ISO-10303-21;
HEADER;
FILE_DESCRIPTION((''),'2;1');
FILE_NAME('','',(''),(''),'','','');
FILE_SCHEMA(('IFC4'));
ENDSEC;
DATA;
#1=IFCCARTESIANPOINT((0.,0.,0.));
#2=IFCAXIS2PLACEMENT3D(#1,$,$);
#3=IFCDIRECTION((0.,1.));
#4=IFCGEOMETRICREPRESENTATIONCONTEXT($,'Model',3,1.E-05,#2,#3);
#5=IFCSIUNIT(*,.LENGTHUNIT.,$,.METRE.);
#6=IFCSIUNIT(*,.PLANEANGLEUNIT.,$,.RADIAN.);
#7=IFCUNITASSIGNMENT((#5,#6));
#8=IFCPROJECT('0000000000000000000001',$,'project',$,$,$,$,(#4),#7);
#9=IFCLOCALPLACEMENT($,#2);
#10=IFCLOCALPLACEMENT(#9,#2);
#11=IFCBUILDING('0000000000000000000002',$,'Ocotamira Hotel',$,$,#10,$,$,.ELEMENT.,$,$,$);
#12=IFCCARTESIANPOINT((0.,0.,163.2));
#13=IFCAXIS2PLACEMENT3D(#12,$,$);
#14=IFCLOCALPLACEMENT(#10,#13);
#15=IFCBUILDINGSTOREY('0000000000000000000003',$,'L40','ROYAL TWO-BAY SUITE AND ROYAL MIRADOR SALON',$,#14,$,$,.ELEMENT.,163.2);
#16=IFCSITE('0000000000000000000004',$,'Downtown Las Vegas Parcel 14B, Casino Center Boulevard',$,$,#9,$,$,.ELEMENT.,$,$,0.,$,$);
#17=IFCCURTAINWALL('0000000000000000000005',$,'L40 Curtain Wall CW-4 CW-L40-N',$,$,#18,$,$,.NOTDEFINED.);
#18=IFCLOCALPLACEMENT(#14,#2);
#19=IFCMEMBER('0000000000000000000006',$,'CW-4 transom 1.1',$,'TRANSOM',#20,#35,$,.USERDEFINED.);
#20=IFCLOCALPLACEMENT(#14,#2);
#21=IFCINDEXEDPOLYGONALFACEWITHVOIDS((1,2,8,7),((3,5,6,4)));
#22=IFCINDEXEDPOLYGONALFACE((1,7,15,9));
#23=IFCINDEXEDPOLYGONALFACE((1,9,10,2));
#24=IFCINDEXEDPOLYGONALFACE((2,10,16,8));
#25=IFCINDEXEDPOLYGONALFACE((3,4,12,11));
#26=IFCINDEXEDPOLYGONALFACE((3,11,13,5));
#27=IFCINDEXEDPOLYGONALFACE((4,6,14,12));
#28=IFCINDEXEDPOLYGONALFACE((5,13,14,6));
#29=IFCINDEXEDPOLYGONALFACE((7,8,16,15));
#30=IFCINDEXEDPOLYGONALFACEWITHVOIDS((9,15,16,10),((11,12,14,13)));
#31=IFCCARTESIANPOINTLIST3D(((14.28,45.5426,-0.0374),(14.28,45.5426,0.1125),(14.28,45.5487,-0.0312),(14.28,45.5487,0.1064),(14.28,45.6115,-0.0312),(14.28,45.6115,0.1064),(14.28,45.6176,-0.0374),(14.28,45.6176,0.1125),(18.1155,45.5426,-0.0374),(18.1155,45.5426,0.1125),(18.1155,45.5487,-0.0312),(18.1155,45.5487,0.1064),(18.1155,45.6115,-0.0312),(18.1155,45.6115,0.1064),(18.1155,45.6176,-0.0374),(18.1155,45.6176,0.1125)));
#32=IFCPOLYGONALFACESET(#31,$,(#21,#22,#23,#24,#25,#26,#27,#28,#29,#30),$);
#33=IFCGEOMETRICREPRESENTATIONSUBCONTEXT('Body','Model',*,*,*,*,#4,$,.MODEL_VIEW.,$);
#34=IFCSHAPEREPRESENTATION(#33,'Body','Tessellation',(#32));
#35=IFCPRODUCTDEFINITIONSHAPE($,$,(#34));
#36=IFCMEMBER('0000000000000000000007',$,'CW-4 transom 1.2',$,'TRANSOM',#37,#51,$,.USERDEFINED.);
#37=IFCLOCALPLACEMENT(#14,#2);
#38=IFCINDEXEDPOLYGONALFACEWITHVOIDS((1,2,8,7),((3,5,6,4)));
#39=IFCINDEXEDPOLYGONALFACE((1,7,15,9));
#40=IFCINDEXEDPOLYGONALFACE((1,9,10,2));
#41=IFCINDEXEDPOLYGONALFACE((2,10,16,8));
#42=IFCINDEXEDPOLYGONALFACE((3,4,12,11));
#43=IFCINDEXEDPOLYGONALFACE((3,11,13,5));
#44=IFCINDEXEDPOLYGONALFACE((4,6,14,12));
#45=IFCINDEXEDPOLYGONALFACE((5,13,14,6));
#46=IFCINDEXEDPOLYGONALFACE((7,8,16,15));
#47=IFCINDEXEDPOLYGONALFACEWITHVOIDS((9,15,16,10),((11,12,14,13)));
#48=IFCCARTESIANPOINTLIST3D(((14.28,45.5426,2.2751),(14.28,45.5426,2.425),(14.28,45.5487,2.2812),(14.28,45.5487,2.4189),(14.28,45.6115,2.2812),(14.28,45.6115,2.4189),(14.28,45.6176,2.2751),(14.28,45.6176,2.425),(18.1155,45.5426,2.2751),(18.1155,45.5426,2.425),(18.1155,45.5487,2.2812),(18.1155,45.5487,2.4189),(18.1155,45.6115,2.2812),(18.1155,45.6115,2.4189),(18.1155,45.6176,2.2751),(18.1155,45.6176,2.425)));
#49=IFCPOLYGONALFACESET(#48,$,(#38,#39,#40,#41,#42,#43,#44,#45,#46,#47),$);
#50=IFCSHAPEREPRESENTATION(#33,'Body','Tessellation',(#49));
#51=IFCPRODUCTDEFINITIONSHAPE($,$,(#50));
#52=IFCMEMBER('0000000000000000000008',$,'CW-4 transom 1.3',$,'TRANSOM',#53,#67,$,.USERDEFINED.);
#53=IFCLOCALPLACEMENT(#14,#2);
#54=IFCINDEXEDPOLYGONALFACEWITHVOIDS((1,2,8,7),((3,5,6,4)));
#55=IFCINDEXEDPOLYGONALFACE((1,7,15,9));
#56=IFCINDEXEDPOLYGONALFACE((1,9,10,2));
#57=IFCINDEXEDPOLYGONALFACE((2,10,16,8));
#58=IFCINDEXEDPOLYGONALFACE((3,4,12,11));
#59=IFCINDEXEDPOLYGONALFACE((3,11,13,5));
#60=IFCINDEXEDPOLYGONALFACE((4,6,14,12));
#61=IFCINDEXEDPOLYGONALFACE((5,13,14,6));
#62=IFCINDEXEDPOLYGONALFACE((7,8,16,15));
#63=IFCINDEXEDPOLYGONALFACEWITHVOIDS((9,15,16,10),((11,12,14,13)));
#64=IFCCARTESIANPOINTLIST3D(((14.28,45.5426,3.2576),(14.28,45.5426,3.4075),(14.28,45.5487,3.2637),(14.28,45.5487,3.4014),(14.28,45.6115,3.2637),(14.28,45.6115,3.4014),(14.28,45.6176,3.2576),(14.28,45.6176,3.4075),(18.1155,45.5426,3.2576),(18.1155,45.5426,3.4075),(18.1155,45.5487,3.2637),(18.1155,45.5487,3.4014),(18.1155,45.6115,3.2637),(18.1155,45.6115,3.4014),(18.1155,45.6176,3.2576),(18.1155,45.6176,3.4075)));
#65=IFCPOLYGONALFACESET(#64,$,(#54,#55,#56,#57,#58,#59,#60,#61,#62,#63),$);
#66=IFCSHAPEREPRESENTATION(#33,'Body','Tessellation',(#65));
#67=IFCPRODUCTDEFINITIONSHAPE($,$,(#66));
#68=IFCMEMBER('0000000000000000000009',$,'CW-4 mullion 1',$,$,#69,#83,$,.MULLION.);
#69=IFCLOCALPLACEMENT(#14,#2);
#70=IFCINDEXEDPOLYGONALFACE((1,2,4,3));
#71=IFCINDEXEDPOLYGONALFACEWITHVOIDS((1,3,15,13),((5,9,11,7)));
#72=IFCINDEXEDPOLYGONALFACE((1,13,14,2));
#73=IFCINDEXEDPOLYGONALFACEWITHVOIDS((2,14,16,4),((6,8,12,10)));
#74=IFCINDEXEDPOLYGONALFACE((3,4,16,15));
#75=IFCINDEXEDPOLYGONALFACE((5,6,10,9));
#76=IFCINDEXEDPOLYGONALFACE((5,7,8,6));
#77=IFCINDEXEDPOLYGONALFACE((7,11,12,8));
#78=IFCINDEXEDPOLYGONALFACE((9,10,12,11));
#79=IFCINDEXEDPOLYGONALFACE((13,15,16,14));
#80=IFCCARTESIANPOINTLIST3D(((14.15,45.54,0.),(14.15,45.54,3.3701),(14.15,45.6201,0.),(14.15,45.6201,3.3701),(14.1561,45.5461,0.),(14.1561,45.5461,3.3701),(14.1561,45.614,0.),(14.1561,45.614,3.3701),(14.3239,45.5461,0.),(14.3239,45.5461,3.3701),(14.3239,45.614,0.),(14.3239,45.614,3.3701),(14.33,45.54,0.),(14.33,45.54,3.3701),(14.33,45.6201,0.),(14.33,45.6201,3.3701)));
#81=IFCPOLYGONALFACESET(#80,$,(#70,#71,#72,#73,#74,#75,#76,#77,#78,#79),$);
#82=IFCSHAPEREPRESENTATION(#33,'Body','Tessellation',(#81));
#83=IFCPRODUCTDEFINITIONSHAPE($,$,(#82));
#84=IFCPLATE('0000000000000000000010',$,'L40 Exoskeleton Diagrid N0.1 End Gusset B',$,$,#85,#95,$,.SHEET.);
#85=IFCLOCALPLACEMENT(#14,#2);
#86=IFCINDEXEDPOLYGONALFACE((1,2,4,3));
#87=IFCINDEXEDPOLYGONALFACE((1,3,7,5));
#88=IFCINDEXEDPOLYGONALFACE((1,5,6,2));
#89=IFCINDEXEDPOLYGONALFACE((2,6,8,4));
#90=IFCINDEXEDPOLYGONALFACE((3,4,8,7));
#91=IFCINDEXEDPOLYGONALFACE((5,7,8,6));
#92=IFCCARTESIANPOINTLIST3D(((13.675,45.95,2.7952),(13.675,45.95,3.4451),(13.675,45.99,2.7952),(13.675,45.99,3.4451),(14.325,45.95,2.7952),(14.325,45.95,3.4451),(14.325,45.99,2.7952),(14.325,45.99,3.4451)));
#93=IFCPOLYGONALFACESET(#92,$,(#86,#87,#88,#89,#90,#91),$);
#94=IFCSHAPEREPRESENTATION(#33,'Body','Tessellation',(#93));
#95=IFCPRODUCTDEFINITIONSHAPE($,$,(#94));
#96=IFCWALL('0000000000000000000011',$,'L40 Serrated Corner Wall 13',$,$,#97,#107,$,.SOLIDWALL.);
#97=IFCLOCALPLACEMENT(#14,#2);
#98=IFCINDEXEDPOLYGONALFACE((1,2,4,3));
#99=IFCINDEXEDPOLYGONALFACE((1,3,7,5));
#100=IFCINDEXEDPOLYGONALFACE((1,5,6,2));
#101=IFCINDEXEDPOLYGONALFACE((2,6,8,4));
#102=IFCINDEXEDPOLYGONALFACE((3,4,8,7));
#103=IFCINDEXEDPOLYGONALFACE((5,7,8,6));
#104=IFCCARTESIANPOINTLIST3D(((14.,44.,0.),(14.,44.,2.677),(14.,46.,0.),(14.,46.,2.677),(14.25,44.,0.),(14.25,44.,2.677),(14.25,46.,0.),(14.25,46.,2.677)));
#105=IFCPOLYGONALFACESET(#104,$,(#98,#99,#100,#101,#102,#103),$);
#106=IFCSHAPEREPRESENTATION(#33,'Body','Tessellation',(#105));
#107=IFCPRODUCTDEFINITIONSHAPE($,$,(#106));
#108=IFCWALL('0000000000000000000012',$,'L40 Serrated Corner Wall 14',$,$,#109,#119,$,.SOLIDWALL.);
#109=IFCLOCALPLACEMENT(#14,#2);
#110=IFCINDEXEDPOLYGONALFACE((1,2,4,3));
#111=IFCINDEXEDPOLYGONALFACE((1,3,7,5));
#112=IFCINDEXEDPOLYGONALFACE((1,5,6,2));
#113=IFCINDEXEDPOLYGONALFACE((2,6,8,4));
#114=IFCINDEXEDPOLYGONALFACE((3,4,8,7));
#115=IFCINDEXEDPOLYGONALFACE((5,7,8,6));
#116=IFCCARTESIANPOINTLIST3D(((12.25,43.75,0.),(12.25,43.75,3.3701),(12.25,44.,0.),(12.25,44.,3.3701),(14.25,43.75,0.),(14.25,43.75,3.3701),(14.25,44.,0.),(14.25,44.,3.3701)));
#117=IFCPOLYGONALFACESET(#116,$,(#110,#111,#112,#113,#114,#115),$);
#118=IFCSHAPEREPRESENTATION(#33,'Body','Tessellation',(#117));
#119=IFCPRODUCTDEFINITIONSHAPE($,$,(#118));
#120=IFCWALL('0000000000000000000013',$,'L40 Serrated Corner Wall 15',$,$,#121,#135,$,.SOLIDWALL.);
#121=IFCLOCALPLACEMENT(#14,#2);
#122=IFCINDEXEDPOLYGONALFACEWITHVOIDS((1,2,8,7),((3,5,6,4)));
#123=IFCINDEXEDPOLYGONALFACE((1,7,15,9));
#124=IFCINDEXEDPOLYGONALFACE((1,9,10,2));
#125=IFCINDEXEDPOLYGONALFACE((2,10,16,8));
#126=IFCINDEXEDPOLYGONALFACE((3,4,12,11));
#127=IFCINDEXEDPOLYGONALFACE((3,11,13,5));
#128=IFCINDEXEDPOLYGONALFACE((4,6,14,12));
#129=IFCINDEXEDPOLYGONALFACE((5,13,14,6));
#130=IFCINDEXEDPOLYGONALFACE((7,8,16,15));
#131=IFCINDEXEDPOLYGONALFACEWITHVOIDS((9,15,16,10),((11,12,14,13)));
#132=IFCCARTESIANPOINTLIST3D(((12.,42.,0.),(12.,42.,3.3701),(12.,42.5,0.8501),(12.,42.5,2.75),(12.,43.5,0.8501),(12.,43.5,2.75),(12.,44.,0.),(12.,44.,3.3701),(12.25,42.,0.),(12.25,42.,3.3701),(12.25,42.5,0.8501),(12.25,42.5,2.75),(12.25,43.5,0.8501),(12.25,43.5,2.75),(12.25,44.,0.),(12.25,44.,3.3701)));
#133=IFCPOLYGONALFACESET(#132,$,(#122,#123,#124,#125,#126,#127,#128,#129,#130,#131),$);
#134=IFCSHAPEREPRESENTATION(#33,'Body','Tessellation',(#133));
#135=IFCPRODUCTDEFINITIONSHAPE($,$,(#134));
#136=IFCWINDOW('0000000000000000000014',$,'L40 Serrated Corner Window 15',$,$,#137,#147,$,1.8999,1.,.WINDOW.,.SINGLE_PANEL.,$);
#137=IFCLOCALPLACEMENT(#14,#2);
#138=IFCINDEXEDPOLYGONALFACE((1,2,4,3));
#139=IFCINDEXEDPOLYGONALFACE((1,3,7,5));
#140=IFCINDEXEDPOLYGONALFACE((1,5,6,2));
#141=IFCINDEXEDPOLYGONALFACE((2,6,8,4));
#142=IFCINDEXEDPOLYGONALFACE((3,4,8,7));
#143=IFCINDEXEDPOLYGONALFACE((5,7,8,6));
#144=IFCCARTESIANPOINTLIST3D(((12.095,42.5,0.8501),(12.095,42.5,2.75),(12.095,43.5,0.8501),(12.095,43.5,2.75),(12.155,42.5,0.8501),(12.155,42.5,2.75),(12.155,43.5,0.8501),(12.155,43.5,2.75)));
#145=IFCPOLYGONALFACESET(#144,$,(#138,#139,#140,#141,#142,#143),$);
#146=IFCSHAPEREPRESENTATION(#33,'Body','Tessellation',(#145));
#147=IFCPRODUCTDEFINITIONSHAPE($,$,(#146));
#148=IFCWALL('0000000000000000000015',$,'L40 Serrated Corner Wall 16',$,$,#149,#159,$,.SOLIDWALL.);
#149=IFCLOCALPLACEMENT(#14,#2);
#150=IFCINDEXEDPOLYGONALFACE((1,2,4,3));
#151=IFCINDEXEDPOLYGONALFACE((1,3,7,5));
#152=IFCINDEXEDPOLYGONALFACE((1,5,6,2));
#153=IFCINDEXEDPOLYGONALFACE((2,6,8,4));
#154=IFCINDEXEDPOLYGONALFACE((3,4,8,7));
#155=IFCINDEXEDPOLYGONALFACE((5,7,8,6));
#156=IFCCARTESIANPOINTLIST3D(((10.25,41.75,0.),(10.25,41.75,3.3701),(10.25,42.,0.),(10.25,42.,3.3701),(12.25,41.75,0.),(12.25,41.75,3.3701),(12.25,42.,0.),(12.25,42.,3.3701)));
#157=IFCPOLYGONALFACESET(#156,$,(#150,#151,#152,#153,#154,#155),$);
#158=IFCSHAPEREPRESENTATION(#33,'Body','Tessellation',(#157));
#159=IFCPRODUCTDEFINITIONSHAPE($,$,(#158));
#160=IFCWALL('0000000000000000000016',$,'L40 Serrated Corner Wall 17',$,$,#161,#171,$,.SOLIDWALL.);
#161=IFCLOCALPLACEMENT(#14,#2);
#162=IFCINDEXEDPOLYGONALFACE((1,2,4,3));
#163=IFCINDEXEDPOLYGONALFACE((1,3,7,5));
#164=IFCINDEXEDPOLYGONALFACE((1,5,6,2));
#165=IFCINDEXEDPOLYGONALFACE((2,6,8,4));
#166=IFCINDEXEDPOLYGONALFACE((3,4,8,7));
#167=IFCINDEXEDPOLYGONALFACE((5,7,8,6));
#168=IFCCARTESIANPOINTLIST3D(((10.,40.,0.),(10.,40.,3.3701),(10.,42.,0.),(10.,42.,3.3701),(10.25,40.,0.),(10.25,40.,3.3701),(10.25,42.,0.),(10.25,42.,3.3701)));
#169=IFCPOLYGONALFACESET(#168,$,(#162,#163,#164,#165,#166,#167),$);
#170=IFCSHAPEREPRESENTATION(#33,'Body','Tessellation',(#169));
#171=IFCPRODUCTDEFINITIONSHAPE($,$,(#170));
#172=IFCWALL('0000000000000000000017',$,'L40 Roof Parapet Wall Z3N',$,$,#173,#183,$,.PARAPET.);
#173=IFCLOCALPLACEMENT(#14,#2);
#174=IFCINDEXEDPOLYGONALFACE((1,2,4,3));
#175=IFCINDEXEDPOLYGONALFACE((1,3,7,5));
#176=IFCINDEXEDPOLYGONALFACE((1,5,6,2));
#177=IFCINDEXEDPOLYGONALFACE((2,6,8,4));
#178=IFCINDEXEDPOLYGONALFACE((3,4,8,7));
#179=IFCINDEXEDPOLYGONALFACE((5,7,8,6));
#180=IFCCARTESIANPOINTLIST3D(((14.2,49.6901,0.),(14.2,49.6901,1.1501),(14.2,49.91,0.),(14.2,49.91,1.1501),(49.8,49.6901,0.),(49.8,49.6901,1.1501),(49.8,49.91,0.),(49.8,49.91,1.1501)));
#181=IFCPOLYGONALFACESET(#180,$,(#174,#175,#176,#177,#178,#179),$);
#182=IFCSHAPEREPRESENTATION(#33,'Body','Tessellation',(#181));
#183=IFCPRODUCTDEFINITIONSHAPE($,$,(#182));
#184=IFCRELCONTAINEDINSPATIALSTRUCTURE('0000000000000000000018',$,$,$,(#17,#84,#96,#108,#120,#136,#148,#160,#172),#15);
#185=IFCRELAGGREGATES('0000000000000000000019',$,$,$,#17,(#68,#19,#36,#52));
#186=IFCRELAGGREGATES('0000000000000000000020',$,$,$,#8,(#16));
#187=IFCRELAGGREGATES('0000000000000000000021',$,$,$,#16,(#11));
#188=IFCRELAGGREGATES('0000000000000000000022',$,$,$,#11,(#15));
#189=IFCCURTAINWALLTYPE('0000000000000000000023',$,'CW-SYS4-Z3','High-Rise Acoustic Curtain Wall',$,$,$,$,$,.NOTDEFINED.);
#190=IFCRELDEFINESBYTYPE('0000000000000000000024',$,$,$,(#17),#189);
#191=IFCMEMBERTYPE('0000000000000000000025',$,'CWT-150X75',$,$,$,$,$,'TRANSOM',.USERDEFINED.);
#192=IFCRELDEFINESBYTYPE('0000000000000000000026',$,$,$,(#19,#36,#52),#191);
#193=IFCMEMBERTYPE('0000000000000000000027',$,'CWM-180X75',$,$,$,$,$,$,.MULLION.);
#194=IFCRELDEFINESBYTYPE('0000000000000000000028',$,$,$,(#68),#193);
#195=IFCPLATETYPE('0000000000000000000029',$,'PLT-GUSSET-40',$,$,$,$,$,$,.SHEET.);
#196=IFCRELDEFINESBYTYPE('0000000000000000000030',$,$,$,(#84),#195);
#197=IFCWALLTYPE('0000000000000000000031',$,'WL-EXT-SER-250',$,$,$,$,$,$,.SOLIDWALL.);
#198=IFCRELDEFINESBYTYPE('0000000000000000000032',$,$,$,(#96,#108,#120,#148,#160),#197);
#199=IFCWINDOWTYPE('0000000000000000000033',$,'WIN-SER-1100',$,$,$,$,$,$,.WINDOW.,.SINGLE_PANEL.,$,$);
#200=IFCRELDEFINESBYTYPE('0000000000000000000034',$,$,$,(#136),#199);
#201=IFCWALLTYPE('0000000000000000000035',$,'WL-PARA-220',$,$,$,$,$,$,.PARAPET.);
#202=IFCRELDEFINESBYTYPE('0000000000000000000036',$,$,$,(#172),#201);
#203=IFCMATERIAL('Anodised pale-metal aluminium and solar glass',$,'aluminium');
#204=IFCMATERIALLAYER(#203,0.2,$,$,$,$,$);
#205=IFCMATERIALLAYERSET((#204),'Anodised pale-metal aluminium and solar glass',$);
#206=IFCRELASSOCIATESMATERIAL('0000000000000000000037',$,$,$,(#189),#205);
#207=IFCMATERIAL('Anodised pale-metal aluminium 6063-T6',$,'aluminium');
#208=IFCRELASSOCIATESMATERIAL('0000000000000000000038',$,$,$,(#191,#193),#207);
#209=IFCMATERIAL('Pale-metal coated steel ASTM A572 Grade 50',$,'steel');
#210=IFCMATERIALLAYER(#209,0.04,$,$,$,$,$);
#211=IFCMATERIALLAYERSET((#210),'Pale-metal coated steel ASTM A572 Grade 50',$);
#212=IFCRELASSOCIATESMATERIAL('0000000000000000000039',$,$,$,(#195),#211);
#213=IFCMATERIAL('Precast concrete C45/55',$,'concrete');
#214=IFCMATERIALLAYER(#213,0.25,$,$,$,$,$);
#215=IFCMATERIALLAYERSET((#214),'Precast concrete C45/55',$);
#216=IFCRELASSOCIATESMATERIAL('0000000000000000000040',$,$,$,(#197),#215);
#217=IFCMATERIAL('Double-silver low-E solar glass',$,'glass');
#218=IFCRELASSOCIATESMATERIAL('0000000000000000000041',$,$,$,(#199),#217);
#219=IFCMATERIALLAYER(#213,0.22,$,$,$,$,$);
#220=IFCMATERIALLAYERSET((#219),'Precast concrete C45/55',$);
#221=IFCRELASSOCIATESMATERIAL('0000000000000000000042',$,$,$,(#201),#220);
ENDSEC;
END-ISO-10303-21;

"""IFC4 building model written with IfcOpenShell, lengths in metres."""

from ifc_helpers import new_model, si_unit, direction, frame, frame_2d, origin, origin_2d, place, context, subcontext, project, spatial, rectangle, hollow_rectangle, extrude, source, transform, mapped, material, layer, layer_set, material_profile, profile_set, type_object, element, fill, aggregate, save


model = new_model("IFC4")

# Units and contexts
model_context = context("Model", 3, precision=1e-05, world=origin(), true_north=direction((0.0, 1.0)))
body_context = subcontext(model_context, "Body", "Model", "MODEL_VIEW")
ifc_project = project(units=[si_unit("LENGTHUNIT", "METRE"), si_unit("PLANEANGLEUNIT", "RADIAN")], contexts=[model_context])

# Site, building, storey
site_placement = place(None, origin())
site = spatial("IfcSite", under=ifc_project, at=site_placement, Name="Downtown Las Vegas Parcel 14B, Casino Center Boulevard", CompositionType="ELEMENT", RefElevation=0.0)
building_placement = place(site_placement, origin())
building = spatial("IfcBuilding", under=site, at=building_placement, Name="Ocotamira Hotel", CompositionType="ELEMENT")
storey_placement = place(building_placement, frame((0.0, 0.0, 163.2)))
storey = spatial("IfcBuildingStorey", under=building, at=storey_placement, Name="L40", Description="ROYAL TWO-BAY SUITE AND ROYAL MIRADOR SALON", CompositionType="ELEMENT", Elevation=163.2)

# Curtain wall, members
ifc_material_1 = material(Name="Anodised pale-metal aluminium and solar glass", Category="aluminium")
ifc_layer_1 = layer(ifc_material_1, 0.2)
ifc_layer_set_1 = layer_set([ifc_layer_1], Name="Anodised pale-metal aluminium and solar glass")
curtain_wall_type = type_object("IfcCurtainWallType", Name="CW-SYS4-Z3", Description="High-Rise Acoustic Curtain Wall", PredefinedType="NOTDEFINED", material=ifc_layer_set_1)
curtain_wall_placement = place(storey_placement, origin())
curtain_wall = element("IfcCurtainWall", 1, at=curtain_wall_placement, inside=storey, type_object=curtain_wall_type, Name="L40 Curtain Wall CW-4 CW-L40-N", PredefinedType="NOTDEFINED")
ifc_material_2 = material(Name="Anodised pale-metal aluminium 6063-T6", Category="aluminium")
ifc_material_profile_1 = material_profile(ifc_material_2, hollow_rectangle(XDim=0.075, YDim=0.1499, WallThickness=0.0061, at=origin_2d()), Name="HSS150X75X6")
ifc_profile_set_1 = profile_set([ifc_material_profile_1], Name="Anodised pale-metal aluminium 6063-T6")
member_type_1 = type_object("IfcMemberType", Name="CWT-150X75", ElementType="TRANSOM", PredefinedType="USERDEFINED", material=ifc_profile_set_1)
shared_shape_1 = source(origin(), body_context, "Body", "SweptSolid", [
    extrude(hollow_rectangle(XDim=0.075, YDim=0.1499, WallThickness=0.0061, at=origin_2d()), origin(), (0.0, 0.0, 1.0), 3.8354),
])
member_1_placement = place(storey_placement, frame((14.28, 45.5801, 0.0376), z_axis=(1.0, 0.0, 0.0), x_axis=(0.0, 1.0, 0.0)))
member_1 = element("IfcMember", 2, at=member_1_placement, type_object=member_type_1, Name="CW-4 transom 1.1", ObjectType="TRANSOM", PredefinedType="USERDEFINED", context=body_context, shape_type="MappedRepresentation", body=[
    mapped(shared_shape_1, transform((0.0, 0.0, 0.0), scale=1.0)),
])
member_2_placement = place(storey_placement, frame((14.28, 45.5801, 2.3501), z_axis=(1.0, 0.0, 0.0), x_axis=(0.0, 1.0, 0.0)))
member_2 = element("IfcMember", 3, at=member_2_placement, type_object=member_type_1, Name="CW-4 transom 1.2", ObjectType="TRANSOM", PredefinedType="USERDEFINED", context=body_context, shape_type="MappedRepresentation", body=[
    mapped(shared_shape_1, transform((0.0, 0.0, 0.0), scale=1.0)),
])
member_3_placement = place(storey_placement, frame((14.28, 45.5801, 3.3325), z_axis=(1.0, 0.0, 0.0), x_axis=(0.0, 1.0, 0.0)))
member_3 = element("IfcMember", 4, at=member_3_placement, type_object=member_type_1, Name="CW-4 transom 1.3", ObjectType="TRANSOM", PredefinedType="USERDEFINED", context=body_context, shape_type="MappedRepresentation", body=[
    mapped(shared_shape_1, transform((0.0, 0.0, 0.0), scale=1.0)),
])
ifc_material_profile_2 = material_profile(ifc_material_2, hollow_rectangle(XDim=0.0801, YDim=0.1799, WallThickness=0.0061, at=origin_2d()), Name="HSS180X80X6")
ifc_profile_set_2 = profile_set([ifc_material_profile_2], Name="Anodised pale-metal aluminium 6063-T6")
member_type_2 = type_object("IfcMemberType", Name="CWM-180X75", PredefinedType="MULLION", material=ifc_profile_set_2)
shared_shape_2 = source(origin(), body_context, "Body", "SweptSolid", [
    extrude(hollow_rectangle(XDim=0.0801, YDim=0.1799, WallThickness=0.0061, at=origin_2d()), origin(), (0.0, 0.0, 1.0), 3.3701),
])
member_4_placement = place(storey_placement, frame((14.24, 45.5801, 0.0), z_axis=(0.0, 0.0, 1.0), x_axis=(0.0, 1.0, 0.0)))
member_4 = element("IfcMember", 5, at=member_4_placement, type_object=member_type_2, Name="CW-4 mullion 1", PredefinedType="MULLION", context=body_context, shape_type="MappedRepresentation", body=[
    mapped(shared_shape_2, transform((0.0, 0.0, 0.0), scale=1.0)),
])
aggregate(curtain_wall, [member_4, member_1, member_2, member_3])

# Plate
ifc_material_3 = material(Name="Pale-metal coated steel ASTM A572 Grade 50", Category="steel")
ifc_layer_2 = layer(ifc_material_3, 0.04)
ifc_layer_set_2 = layer_set([ifc_layer_2], Name="Pale-metal coated steel ASTM A572 Grade 50")
plate_type = type_object("IfcPlateType", Name="PLT-GUSSET-40", PredefinedType="SHEET", material=ifc_layer_set_2)
shared_shape_3 = source(origin(), body_context, "Body", "SweptSolid", [
    extrude(rectangle(XDim=0.6499, YDim=0.04, at=origin_2d()), origin(), (0.0, 0.0, 1.0), 0.6499),
])
plate_placement = place(storey_placement, frame((14.0, 45.97, 2.7952), z_axis=(0.0, 0.0, 1.0), x_axis=(-1.0, 0.0, 0.0)))
element("IfcPlate", 6, at=plate_placement, inside=storey, type_object=plate_type, Name="L40 Exoskeleton Diagrid N0.1 End Gusset B", PredefinedType="SHEET", context=body_context, shape_type="MappedRepresentation", body=[
    mapped(shared_shape_3, transform((0.0, 0.0, 0.0), scale=1.0)),
])

# Walls
ifc_material_4 = material(Name="Precast concrete C45/55", Category="concrete")
ifc_layer_3 = layer(ifc_material_4, 0.25)
ifc_layer_set_3 = layer_set([ifc_layer_3], Name="Precast concrete C45/55")
wall_type_1 = type_object("IfcWallType", Name="WL-EXT-SER-250", PredefinedType="SOLIDWALL", material=ifc_layer_set_3)
wall_1_placement = place(storey_placement, frame((14.125, 46.0, 0.0), z_axis=(0.0, 0.0, 1.0), x_axis=(0.0, -1.0, 0.0)))
element("IfcWall", 7, at=wall_1_placement, inside=storey, type_object=wall_type_1, Name="L40 Serrated Corner Wall 13", PredefinedType="SOLIDWALL", context=body_context, shape_type="SweptSolid", body=[
    extrude(rectangle(XDim=2.0, YDim=0.25, at=frame_2d((1.0, 0.0))), origin(), (0.0, 0.0, 1.0), 2.677),
])
wall_2_placement = place(storey_placement, frame((14.25, 43.875, 0.0), z_axis=(0.0, 0.0, 1.0), x_axis=(-1.0, 0.0, 0.0)))
element("IfcWall", 8, at=wall_2_placement, inside=storey, type_object=wall_type_1, Name="L40 Serrated Corner Wall 14", PredefinedType="SOLIDWALL", context=body_context, shape_type="SweptSolid", body=[
    extrude(rectangle(XDim=2.0, YDim=0.25, at=frame_2d((1.0, 0.0))), origin(), (0.0, 0.0, 1.0), 3.3701),
])

# Wall, opening, window
wall_3_placement = place(storey_placement, frame((12.125, 44.0, 0.0), z_axis=(0.0, 0.0, 1.0), x_axis=(0.0, -1.0, 0.0)))
wall_3 = element("IfcWall", 9, at=wall_3_placement, inside=storey, type_object=wall_type_1, Name="L40 Serrated Corner Wall 15", PredefinedType="SOLIDWALL", context=body_context, shape_type="SweptSolid", body=[
    extrude(rectangle(XDim=2.0, YDim=0.25, at=frame_2d((1.0, 0.0))), origin(), (0.0, 0.0, 1.0), 3.3701),
])
opening_placement = place(wall_3_placement, frame((0.5, 0.0, 0.8501)))
opening = element("IfcOpeningElement", 10, at=opening_placement, cuts=wall_3, PredefinedType="OPENING", context=body_context, shape_type="SweptSolid", body=[
    extrude(rectangle(XDim=1.0, YDim=1.8999, at=frame_2d((0.5, 0.95))), frame((0.0, 0.135, 0.0), z_axis=(0.0, -1.0, 0.0), x_axis=(1.0, 0.0, 0.0)), (0.0, 0.0, 1.0), 0.27),
])
ifc_material_5 = material(Name="Double-silver low-E solar glass", Category="glass")
window_type = type_object("IfcWindowType", Name="WIN-SER-1100", PartitioningType="SINGLE_PANEL", PredefinedType="WINDOW", material=ifc_material_5)
shared_shape_4 = source(origin(), body_context, "Body", "SweptSolid", [
    extrude(rectangle(XDim=1.0, YDim=1.8999, at=frame_2d((0.5, 0.95))), frame((0.0, 0.03, 0.0), z_axis=(0.0, -1.0, 0.0), x_axis=(1.0, 0.0, 0.0)), (0.0, 0.0, 1.0), 0.0601),
])
window_placement = place(opening_placement, origin())
window = element("IfcWindow", 11, at=window_placement, inside=storey, type_object=window_type, Name="L40 Serrated Corner Window 15", OverallHeight=1.8999, OverallWidth=1.0, PartitioningType="SINGLE_PANEL", PredefinedType="WINDOW", context=body_context, shape_type="MappedRepresentation", body=[
    mapped(shared_shape_4, transform((0.0, 0.0, 0.0), scale=1.0)),
])
fill(opening, window)

# Walls
for number, where, z_axis, x_axis, name in (
    (12, (12.25, 41.875, 0.0), (0.0, 0.0, 1.0), (-1.0, 0.0, 0.0), "L40 Serrated Corner Wall 16"),
    (13, (10.125, 42.0, 0.0), (0.0, 0.0, 1.0), (0.0, -1.0, 0.0), "L40 Serrated Corner Wall 17"),
):
    element("IfcWall", number, at=place(storey_placement, frame(where, z_axis=z_axis, x_axis=x_axis)), inside=storey, type_object=wall_type_1, Name=name, PredefinedType="SOLIDWALL", context=body_context, shape_type="SweptSolid", body=[
        extrude(rectangle(XDim=2.0, YDim=0.25, at=frame_2d((1.0, 0.0))), origin(), (0.0, 0.0, 1.0), 3.3701),
    ])
ifc_layer_4 = layer(ifc_material_4, 0.22)
ifc_layer_set_4 = layer_set([ifc_layer_4], Name="Precast concrete C45/55")
wall_type_2 = type_object("IfcWallType", Name="WL-PARA-220", PredefinedType="PARAPET", material=ifc_layer_set_4)
wall_4_placement = place(storey_placement, frame((14.2, 49.8, 0.0), z_axis=(0.0, 0.0, 1.0), x_axis=(1.0, 0.0, 0.0)))
element("IfcWall", 14, at=wall_4_placement, inside=storey, type_object=wall_type_2, Name="L40 Roof Parapet Wall Z3N", PredefinedType="PARAPET", context=body_context, shape_type="SweptSolid", body=[
    extrude(rectangle(XDim=35.6001, YDim=0.22, at=frame_2d((17.8, 0.0))), origin(), (0.0, 0.0, 1.0), 1.1501),
])

save(model, "model.ifc")
